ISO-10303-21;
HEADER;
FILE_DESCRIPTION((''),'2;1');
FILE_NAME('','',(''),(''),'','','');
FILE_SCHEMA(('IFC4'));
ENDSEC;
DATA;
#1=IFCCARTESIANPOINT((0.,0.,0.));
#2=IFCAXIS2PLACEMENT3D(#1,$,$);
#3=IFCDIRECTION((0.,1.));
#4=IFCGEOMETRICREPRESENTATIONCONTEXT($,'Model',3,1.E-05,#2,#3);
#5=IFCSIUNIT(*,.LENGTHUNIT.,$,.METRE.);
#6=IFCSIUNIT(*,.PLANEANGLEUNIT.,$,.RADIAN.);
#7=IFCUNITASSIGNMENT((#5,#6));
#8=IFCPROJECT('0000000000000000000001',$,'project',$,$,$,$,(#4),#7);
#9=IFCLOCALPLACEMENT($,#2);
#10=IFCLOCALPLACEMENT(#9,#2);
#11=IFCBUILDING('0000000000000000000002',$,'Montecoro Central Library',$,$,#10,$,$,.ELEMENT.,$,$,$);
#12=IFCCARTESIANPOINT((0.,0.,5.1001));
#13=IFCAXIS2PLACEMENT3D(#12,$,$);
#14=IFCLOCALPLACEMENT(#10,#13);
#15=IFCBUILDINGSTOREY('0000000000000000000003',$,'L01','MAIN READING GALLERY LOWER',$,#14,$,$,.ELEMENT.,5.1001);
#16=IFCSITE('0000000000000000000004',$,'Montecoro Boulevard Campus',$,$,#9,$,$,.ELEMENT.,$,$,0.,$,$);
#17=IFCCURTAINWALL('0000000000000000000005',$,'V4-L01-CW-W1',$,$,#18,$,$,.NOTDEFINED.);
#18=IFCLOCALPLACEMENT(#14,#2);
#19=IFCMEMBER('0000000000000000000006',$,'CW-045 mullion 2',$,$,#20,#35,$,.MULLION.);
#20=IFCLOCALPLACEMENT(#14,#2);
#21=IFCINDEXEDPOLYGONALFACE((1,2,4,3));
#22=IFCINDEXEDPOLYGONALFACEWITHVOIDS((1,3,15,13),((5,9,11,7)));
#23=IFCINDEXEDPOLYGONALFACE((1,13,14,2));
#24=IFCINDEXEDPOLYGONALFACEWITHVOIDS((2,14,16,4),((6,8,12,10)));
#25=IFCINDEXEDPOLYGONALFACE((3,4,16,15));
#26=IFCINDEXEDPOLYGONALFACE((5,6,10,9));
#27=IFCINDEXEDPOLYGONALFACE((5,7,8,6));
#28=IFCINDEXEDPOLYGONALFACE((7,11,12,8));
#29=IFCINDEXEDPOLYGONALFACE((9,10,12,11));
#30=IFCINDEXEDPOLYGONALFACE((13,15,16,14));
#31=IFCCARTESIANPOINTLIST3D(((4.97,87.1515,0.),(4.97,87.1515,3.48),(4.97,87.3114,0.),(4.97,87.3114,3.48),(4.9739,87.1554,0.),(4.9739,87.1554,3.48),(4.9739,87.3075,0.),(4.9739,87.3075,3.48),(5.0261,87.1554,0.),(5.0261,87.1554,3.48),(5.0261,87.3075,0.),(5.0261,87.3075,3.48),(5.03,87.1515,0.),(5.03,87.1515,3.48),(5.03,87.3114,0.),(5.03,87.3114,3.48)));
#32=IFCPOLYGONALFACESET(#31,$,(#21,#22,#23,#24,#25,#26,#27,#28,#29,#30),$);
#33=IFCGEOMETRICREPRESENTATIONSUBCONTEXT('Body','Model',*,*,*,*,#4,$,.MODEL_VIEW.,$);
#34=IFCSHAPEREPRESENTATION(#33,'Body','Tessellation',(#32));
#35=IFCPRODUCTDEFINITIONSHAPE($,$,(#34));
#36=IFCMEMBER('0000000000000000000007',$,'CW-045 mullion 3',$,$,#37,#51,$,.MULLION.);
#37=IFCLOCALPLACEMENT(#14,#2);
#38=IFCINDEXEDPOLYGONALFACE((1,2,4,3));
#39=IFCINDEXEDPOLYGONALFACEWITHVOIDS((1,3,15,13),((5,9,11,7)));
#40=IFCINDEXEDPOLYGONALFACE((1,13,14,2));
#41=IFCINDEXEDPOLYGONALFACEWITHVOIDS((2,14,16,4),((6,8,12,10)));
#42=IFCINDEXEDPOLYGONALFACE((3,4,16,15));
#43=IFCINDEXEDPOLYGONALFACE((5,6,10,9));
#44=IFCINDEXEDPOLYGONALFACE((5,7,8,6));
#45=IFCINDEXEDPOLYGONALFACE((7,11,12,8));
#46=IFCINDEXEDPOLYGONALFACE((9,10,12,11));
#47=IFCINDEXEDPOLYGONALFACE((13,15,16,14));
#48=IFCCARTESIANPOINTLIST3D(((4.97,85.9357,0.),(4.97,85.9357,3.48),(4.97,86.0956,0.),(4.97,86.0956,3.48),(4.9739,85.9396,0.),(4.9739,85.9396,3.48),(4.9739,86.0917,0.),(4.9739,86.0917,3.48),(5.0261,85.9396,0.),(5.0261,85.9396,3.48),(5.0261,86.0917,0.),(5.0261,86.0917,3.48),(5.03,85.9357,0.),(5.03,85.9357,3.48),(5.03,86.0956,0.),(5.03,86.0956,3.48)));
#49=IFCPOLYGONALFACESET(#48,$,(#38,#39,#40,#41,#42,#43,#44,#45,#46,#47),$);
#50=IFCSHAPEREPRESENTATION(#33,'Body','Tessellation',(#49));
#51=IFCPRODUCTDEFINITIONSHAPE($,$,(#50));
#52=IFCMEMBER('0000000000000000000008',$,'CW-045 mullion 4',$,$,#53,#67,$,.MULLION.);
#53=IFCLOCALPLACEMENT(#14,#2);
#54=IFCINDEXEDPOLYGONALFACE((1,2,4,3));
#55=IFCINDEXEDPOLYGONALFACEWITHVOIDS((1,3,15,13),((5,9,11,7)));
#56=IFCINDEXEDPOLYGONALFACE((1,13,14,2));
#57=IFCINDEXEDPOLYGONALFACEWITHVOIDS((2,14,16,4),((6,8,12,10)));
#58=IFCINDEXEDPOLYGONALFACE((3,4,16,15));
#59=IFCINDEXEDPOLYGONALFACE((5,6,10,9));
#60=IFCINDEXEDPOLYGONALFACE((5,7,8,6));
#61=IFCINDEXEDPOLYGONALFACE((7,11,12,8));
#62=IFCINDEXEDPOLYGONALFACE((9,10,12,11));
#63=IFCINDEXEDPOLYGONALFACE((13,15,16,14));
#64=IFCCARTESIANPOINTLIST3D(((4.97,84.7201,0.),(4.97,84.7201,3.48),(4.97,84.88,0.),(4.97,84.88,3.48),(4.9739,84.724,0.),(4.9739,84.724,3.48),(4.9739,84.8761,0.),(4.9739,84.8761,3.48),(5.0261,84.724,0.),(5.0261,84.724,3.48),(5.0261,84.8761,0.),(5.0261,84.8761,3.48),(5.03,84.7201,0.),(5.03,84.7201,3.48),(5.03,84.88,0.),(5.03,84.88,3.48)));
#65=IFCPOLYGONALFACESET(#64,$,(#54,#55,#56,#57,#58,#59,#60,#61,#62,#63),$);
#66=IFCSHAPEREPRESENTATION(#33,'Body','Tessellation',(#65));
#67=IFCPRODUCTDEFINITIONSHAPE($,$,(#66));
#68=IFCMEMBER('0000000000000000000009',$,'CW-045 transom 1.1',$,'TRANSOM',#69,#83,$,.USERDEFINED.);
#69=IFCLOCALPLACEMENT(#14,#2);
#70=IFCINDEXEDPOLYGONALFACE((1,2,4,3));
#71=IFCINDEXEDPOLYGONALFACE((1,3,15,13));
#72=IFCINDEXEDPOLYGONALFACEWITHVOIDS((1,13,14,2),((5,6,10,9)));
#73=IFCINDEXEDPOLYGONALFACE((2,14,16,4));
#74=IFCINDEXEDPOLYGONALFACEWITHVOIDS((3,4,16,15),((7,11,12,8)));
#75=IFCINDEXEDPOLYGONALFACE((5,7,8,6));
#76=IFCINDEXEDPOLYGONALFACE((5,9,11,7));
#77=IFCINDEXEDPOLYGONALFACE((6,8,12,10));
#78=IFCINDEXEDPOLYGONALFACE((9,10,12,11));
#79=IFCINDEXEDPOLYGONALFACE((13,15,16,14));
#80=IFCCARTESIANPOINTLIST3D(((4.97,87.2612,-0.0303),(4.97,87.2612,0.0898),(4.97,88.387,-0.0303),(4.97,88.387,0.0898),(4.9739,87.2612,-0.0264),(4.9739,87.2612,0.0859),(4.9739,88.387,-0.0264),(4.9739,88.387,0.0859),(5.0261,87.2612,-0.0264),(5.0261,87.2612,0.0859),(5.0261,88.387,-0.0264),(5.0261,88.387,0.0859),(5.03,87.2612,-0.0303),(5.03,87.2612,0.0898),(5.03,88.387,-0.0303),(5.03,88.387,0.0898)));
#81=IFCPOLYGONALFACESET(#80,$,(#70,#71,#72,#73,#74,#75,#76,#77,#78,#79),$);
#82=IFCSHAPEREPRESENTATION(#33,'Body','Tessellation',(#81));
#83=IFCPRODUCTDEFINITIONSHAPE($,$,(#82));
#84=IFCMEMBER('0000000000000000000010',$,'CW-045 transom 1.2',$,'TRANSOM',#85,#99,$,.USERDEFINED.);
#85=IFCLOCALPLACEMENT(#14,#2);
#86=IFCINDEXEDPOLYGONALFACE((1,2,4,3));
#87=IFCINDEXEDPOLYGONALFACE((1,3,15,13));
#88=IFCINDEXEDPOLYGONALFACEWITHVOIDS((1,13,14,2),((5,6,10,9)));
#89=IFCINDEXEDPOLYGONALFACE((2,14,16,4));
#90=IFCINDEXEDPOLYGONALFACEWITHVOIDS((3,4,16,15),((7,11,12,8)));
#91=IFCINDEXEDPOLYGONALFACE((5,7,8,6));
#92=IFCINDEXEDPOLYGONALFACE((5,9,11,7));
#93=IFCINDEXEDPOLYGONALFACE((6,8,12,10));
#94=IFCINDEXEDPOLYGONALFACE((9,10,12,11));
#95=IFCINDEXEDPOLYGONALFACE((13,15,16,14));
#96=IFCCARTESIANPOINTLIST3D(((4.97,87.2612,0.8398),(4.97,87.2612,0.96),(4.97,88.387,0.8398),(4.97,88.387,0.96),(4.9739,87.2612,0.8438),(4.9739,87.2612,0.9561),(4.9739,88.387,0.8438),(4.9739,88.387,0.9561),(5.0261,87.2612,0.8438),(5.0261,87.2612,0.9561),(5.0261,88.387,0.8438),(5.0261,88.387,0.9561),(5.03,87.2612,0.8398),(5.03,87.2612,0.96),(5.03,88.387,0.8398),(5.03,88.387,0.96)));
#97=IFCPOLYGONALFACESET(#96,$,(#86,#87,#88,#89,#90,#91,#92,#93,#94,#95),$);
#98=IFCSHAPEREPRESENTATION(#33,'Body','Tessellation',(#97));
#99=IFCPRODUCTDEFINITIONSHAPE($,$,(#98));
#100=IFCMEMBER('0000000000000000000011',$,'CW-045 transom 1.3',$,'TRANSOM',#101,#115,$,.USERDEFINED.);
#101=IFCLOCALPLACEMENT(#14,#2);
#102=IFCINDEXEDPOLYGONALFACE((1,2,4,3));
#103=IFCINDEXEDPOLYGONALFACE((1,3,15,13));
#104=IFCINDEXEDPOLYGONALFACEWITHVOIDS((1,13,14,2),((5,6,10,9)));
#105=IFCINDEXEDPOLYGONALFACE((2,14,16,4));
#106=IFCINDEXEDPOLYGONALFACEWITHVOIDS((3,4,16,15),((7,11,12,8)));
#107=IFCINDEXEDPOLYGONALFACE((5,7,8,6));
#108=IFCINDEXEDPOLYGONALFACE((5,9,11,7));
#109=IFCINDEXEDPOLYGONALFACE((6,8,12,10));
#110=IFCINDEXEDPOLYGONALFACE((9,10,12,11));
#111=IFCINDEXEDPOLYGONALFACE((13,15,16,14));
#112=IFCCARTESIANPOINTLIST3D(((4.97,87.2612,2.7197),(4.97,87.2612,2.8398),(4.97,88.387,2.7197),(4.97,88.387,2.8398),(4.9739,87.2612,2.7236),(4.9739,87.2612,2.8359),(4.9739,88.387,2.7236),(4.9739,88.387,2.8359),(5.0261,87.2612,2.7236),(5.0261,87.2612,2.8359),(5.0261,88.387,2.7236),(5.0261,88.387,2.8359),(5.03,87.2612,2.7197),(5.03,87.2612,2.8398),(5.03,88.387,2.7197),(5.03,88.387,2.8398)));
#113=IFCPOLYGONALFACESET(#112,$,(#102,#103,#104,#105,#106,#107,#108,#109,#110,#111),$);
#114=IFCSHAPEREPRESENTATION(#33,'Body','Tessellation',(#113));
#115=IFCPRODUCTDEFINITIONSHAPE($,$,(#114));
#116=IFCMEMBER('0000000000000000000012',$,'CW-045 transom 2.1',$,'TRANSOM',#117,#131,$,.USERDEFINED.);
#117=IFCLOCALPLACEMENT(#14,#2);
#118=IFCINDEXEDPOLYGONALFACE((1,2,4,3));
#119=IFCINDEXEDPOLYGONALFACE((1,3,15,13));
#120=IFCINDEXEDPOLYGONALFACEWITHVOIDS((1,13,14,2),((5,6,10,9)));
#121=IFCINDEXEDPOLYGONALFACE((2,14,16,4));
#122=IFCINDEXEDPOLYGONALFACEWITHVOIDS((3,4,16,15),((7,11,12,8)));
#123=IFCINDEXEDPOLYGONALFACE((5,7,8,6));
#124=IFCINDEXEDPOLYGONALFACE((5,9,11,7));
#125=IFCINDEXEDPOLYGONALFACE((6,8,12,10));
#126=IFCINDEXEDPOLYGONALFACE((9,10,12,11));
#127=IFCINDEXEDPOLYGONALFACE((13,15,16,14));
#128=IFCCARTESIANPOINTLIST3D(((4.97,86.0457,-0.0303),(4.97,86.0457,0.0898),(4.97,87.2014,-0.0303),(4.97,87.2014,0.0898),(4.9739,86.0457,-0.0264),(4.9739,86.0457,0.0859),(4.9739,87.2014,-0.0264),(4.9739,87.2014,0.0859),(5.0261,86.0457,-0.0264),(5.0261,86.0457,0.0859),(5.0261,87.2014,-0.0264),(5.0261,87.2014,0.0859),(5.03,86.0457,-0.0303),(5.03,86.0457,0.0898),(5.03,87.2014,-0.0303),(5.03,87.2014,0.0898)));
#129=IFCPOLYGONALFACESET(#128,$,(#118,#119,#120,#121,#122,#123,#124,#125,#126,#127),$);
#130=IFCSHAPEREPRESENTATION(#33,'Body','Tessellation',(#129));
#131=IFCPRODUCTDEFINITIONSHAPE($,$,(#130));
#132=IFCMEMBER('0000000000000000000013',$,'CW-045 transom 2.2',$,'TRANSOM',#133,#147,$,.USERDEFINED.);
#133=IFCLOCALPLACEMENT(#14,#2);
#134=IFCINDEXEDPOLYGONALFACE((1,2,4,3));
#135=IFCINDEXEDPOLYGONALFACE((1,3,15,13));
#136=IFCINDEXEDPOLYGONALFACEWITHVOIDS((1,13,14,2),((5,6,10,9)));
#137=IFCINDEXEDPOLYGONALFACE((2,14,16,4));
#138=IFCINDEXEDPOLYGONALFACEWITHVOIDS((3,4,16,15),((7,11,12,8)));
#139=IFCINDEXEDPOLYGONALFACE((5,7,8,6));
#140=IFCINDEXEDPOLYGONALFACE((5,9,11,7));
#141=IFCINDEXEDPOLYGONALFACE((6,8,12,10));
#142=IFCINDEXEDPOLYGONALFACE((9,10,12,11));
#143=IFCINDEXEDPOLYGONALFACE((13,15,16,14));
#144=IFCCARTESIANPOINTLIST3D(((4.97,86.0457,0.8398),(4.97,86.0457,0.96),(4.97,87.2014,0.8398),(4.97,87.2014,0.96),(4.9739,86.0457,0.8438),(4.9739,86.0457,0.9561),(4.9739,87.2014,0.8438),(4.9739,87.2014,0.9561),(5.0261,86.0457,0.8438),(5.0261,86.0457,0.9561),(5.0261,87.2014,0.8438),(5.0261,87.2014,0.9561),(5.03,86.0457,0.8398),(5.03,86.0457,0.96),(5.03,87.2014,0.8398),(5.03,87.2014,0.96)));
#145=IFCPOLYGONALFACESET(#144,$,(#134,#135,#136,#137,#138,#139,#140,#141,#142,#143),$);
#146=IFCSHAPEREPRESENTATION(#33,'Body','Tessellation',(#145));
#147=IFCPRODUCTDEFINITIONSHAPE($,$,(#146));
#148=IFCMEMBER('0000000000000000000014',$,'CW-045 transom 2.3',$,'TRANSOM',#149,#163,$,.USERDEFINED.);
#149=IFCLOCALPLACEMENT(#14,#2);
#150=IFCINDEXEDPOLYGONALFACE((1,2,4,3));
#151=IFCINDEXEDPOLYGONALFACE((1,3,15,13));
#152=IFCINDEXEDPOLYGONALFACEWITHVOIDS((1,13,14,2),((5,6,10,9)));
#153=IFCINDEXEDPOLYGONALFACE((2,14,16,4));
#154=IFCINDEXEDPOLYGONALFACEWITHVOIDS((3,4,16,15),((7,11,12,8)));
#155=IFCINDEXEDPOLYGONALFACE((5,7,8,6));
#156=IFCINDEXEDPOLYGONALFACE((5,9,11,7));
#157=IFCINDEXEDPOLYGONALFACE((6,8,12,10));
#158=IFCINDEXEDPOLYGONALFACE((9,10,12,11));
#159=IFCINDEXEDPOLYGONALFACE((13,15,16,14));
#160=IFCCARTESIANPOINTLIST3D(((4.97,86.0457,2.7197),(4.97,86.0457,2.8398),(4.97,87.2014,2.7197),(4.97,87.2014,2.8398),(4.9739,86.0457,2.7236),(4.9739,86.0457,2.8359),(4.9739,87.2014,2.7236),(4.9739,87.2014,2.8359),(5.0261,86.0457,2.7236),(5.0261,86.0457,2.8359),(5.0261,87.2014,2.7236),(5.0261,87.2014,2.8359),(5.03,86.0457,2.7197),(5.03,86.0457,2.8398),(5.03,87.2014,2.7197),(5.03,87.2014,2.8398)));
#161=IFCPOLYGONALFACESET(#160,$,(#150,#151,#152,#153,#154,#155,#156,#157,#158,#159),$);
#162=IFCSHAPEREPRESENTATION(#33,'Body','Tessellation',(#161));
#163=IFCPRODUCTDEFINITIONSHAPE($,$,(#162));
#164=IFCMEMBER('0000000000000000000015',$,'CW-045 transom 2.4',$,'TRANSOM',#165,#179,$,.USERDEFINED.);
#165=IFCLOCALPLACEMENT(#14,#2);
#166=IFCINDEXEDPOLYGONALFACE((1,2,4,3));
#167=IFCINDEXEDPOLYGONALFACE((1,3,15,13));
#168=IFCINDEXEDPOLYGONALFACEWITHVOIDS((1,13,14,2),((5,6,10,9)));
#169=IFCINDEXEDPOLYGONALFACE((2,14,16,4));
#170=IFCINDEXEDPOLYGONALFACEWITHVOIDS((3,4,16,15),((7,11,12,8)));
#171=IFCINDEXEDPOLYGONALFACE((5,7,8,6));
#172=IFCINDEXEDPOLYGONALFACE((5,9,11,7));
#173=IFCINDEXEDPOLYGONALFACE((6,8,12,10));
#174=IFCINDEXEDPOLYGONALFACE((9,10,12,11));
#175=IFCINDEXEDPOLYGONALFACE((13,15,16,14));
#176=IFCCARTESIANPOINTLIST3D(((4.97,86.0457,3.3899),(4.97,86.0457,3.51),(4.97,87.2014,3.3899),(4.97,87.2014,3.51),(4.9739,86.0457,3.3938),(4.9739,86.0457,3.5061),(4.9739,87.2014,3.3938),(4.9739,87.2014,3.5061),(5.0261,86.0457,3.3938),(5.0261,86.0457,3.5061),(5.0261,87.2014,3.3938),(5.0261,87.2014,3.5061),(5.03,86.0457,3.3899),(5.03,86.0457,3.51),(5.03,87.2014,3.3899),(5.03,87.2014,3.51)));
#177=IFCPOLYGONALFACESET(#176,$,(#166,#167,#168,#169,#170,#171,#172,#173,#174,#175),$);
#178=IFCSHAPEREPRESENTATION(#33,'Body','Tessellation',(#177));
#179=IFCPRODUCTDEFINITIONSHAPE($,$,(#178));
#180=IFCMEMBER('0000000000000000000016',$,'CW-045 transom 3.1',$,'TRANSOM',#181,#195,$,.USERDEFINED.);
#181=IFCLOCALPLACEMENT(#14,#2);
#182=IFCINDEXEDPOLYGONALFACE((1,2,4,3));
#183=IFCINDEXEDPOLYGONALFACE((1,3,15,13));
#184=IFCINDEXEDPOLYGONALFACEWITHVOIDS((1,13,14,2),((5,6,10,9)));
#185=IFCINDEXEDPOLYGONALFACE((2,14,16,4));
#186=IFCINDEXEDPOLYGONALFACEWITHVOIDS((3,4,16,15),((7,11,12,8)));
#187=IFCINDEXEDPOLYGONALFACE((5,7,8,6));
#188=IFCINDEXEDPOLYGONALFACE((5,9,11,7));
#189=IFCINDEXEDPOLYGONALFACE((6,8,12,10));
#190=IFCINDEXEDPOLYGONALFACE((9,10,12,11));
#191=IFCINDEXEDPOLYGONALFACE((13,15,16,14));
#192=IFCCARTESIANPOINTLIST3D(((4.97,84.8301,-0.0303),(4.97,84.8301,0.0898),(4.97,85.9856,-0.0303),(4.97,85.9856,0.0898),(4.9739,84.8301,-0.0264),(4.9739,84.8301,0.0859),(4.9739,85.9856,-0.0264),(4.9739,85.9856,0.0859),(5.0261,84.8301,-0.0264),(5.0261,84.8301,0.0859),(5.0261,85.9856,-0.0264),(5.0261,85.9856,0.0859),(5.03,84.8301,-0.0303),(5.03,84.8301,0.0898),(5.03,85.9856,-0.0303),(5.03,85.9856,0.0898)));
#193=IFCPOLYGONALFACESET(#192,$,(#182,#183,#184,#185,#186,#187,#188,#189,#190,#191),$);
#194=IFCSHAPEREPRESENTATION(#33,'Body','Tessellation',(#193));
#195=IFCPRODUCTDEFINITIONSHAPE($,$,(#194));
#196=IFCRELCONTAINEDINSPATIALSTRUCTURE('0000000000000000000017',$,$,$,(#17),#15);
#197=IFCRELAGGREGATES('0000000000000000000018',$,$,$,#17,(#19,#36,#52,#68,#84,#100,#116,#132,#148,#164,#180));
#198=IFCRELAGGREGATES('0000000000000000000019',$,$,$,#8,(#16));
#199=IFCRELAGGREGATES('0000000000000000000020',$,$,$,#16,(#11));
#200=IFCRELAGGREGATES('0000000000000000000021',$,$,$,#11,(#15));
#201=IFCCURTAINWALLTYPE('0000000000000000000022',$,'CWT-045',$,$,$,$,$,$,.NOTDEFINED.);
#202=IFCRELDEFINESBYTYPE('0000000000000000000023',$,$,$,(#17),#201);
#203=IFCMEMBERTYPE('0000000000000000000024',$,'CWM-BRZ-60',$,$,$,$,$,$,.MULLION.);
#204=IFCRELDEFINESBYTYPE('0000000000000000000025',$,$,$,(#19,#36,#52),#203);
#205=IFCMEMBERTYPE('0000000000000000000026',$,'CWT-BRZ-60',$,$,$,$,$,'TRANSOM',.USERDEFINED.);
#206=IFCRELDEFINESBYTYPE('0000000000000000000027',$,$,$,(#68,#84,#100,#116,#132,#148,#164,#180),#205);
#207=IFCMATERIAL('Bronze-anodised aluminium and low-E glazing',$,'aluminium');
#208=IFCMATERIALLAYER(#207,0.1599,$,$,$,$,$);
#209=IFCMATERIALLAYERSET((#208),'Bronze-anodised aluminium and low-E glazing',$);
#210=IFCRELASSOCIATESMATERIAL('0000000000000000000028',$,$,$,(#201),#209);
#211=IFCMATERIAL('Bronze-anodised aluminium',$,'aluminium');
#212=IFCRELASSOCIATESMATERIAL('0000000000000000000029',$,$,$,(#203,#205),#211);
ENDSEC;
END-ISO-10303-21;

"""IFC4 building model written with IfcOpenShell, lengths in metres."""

from ifc_helpers import new_model, si_unit, direction, frame, origin, origin_2d, place, context, subcontext, project, spatial, hollow_rectangle, extrude, material, layer, layer_set, material_profile, profile_set, type_object, element, aggregate, save


model = new_model("IFC4")

# Units and contexts
model_context = context("Model", 3, precision=1e-05, world=origin(), true_north=direction((0.0, 1.0)))
body_context = subcontext(model_context, "Body", "Model", "MODEL_VIEW")
ifc_project = project(units=[si_unit("LENGTHUNIT", "METRE"), si_unit("PLANEANGLEUNIT", "RADIAN")], contexts=[model_context])

# Site, building, storey
site_placement = place(None, origin())
site = spatial("IfcSite", under=ifc_project, at=site_placement, Name="Montecoro Boulevard Campus", CompositionType="ELEMENT", RefElevation=0.0)
building_placement = place(site_placement, origin())
building = spatial("IfcBuilding", under=site, at=building_placement, Name="Montecoro Central Library", CompositionType="ELEMENT")
storey_placement = place(building_placement, frame((0.0, 0.0, 5.1001)))
storey = spatial("IfcBuildingStorey", under=building, at=storey_placement, Name="L01", Description="MAIN READING GALLERY LOWER", CompositionType="ELEMENT", Elevation=5.1001)

# Curtain wall, members
ifc_material_1 = material(Name="Bronze-anodised aluminium and low-E glazing", Category="aluminium")
ifc_layer_1 = layer(ifc_material_1, 0.1599)
ifc_layer_set_1 = layer_set([ifc_layer_1], Name="Bronze-anodised aluminium and low-E glazing")
curtain_wall_type = type_object("IfcCurtainWallType", Name="CWT-045", PredefinedType="NOTDEFINED", material=ifc_layer_set_1)
curtain_wall_placement = place(storey_placement, origin())
curtain_wall = element("IfcCurtainWall", 1, at=curtain_wall_placement, inside=storey, type_object=curtain_wall_type, Name="V4-L01-CW-W1", PredefinedType="NOTDEFINED")
ifc_material_2 = material(Name="Bronze-anodised aluminium", Category="aluminium")
ifc_material_profile_1 = material_profile(ifc_material_2, hollow_rectangle(XDim=0.0601, YDim=0.1599, WallThickness=0.0039, at=origin_2d()), Name="CWM 160x60x4.0")
ifc_profile_set_1 = profile_set([ifc_material_profile_1], Name="Bronze-anodised aluminium")
member_type_1 = type_object("IfcMemberType", Name="CWM-BRZ-60", PredefinedType="MULLION", material=ifc_profile_set_1)
member_1_placement = place(storey_placement, frame((5.0, 87.2314, 0.0), z_axis=(0.0, 0.0, 1.0), x_axis=(1.0, 0.0, 0.0)))
member_1 = element("IfcMember", 2, at=member_1_placement, type_object=member_type_1, Name="CW-045 mullion 2", PredefinedType="MULLION", context=body_context, shape_type="SweptSolid", body=[
    extrude(hollow_rectangle(XDim=0.0601, YDim=0.1599, WallThickness=0.0039, at=origin_2d()), origin(), (0.0, 0.0, 1.0), 3.48),
])
member_2_placement = place(storey_placement, frame((5.0, 86.0156, 0.0), z_axis=(0.0, 0.0, 1.0), x_axis=(1.0, 0.0, 0.0)))
member_2 = element("IfcMember", 3, at=member_2_placement, type_object=member_type_1, Name="CW-045 mullion 3", PredefinedType="MULLION", context=body_context, shape_type="SweptSolid", body=[
    extrude(hollow_rectangle(XDim=0.0601, YDim=0.1599, WallThickness=0.0039, at=origin_2d()), origin(), (0.0, 0.0, 1.0), 3.48),
])
member_3_placement = place(storey_placement, frame((5.0, 84.8, 0.0), z_axis=(0.0, 0.0, 1.0), x_axis=(1.0, 0.0, 0.0)))
member_3 = element("IfcMember", 4, at=member_3_placement, type_object=member_type_1, Name="CW-045 mullion 4", PredefinedType="MULLION", context=body_context, shape_type="SweptSolid", body=[
    extrude(hollow_rectangle(XDim=0.0601, YDim=0.1599, WallThickness=0.0039, at=origin_2d()), origin(), (0.0, 0.0, 1.0), 3.48),
])
ifc_material_profile_2 = material_profile(ifc_material_2, hollow_rectangle(XDim=0.0601, YDim=0.1201, WallThickness=0.0039, at=origin_2d()), Name="CWT 120x60x4.0")
ifc_profile_set_2 = profile_set([ifc_material_profile_2], Name="Bronze-anodised aluminium")
member_type_2 = type_object("IfcMemberType", Name="CWT-BRZ-60", ElementType="TRANSOM", PredefinedType="USERDEFINED", material=ifc_profile_set_2)
member_4_placement = place(storey_placement, frame((5.0, 88.387, 0.0298), z_axis=(0.0, -1.0, 0.0), x_axis=(1.0, 0.0, 0.0)))
member_4 = element("IfcMember", 5, at=member_4_placement, type_object=member_type_2, Name="CW-045 transom 1.1", ObjectType="TRANSOM", PredefinedType="USERDEFINED", context=body_context, shape_type="SweptSolid", body=[
    extrude(hollow_rectangle(XDim=0.0601, YDim=0.1201, WallThickness=0.0039, at=origin_2d()), origin(), (0.0, 0.0, 1.0), 1.1257),
])
member_5_placement = place(storey_placement, frame((5.0, 88.387, 0.8999), z_axis=(0.0, -1.0, 0.0), x_axis=(1.0, 0.0, 0.0)))
member_5 = element("IfcMember", 6, at=member_5_placement, type_object=member_type_2, Name="CW-045 transom 1.2", ObjectType="TRANSOM", PredefinedType="USERDEFINED", context=body_context, shape_type="SweptSolid", body=[
    extrude(hollow_rectangle(XDim=0.0601, YDim=0.1201, WallThickness=0.0039, at=origin_2d()), origin(), (0.0, 0.0, 1.0), 1.1257),
])
member_6_placement = place(storey_placement, frame((5.0, 88.387, 2.7798), z_axis=(0.0, -1.0, 0.0), x_axis=(1.0, 0.0, 0.0)))
member_6 = element("IfcMember", 7, at=member_6_placement, type_object=member_type_2, Name="CW-045 transom 1.3", ObjectType="TRANSOM", PredefinedType="USERDEFINED", context=body_context, shape_type="SweptSolid", body=[
    extrude(hollow_rectangle(XDim=0.0601, YDim=0.1201, WallThickness=0.0039, at=origin_2d()), origin(), (0.0, 0.0, 1.0), 1.1257),
])
member_7_placement = place(storey_placement, frame((5.0, 87.2014, 0.0298), z_axis=(0.0, -1.0, 0.0), x_axis=(1.0, 0.0, 0.0)))
member_7 = element("IfcMember", 8, at=member_7_placement, type_object=member_type_2, Name="CW-045 transom 2.1", ObjectType="TRANSOM", PredefinedType="USERDEFINED", context=body_context, shape_type="SweptSolid", body=[
    extrude(hollow_rectangle(XDim=0.0601, YDim=0.1201, WallThickness=0.0039, at=origin_2d()), origin(), (0.0, 0.0, 1.0), 1.1558),
])
member_8_placement = place(storey_placement, frame((5.0, 87.2014, 0.8999), z_axis=(0.0, -1.0, 0.0), x_axis=(1.0, 0.0, 0.0)))
member_8 = element("IfcMember", 9, at=member_8_placement, type_object=member_type_2, Name="CW-045 transom 2.2", ObjectType="TRANSOM", PredefinedType="USERDEFINED", context=body_context, shape_type="SweptSolid", body=[
    extrude(hollow_rectangle(XDim=0.0601, YDim=0.1201, WallThickness=0.0039, at=origin_2d()), origin(), (0.0, 0.0, 1.0), 1.1558),
])
member_9_placement = place(storey_placement, frame((5.0, 87.2014, 2.7798), z_axis=(0.0, -1.0, 0.0), x_axis=(1.0, 0.0, 0.0)))
member_9 = element("IfcMember", 10, at=member_9_placement, type_object=member_type_2, Name="CW-045 transom 2.3", ObjectType="TRANSOM", PredefinedType="USERDEFINED", context=body_context, shape_type="SweptSolid", body=[
    extrude(hollow_rectangle(XDim=0.0601, YDim=0.1201, WallThickness=0.0039, at=origin_2d()), origin(), (0.0, 0.0, 1.0), 1.1558),
])
member_10_placement = place(storey_placement, frame((5.0, 87.2014, 3.45), z_axis=(0.0, -1.0, 0.0), x_axis=(1.0, 0.0, 0.0)))
member_10 = element("IfcMember", 11, at=member_10_placement, type_object=member_type_2, Name="CW-045 transom 2.4", ObjectType="TRANSOM", PredefinedType="USERDEFINED", context=body_context, shape_type="SweptSolid", body=[
    extrude(hollow_rectangle(XDim=0.0601, YDim=0.1201, WallThickness=0.0039, at=origin_2d()), origin(), (0.0, 0.0, 1.0), 1.1558),
])
member_11_placement = place(storey_placement, frame((5.0, 85.9856, 0.0298), z_axis=(0.0, -1.0, 0.0), x_axis=(1.0, 0.0, 0.0)))
member_11 = element("IfcMember", 12, at=member_11_placement, type_object=member_type_2, Name="CW-045 transom 3.1", ObjectType="TRANSOM", PredefinedType="USERDEFINED", context=body_context, shape_type="SweptSolid", body=[
    extrude(hollow_rectangle(XDim=0.0601, YDim=0.1201, WallThickness=0.0039, at=origin_2d()), origin(), (0.0, 0.0, 1.0), 1.1555),
])
aggregate(curtain_wall, [member_1, member_2, member_3, member_4, member_5, member_6, member_7, member_8, member_9, member_10, member_11])

save(model, "model.ifc")
